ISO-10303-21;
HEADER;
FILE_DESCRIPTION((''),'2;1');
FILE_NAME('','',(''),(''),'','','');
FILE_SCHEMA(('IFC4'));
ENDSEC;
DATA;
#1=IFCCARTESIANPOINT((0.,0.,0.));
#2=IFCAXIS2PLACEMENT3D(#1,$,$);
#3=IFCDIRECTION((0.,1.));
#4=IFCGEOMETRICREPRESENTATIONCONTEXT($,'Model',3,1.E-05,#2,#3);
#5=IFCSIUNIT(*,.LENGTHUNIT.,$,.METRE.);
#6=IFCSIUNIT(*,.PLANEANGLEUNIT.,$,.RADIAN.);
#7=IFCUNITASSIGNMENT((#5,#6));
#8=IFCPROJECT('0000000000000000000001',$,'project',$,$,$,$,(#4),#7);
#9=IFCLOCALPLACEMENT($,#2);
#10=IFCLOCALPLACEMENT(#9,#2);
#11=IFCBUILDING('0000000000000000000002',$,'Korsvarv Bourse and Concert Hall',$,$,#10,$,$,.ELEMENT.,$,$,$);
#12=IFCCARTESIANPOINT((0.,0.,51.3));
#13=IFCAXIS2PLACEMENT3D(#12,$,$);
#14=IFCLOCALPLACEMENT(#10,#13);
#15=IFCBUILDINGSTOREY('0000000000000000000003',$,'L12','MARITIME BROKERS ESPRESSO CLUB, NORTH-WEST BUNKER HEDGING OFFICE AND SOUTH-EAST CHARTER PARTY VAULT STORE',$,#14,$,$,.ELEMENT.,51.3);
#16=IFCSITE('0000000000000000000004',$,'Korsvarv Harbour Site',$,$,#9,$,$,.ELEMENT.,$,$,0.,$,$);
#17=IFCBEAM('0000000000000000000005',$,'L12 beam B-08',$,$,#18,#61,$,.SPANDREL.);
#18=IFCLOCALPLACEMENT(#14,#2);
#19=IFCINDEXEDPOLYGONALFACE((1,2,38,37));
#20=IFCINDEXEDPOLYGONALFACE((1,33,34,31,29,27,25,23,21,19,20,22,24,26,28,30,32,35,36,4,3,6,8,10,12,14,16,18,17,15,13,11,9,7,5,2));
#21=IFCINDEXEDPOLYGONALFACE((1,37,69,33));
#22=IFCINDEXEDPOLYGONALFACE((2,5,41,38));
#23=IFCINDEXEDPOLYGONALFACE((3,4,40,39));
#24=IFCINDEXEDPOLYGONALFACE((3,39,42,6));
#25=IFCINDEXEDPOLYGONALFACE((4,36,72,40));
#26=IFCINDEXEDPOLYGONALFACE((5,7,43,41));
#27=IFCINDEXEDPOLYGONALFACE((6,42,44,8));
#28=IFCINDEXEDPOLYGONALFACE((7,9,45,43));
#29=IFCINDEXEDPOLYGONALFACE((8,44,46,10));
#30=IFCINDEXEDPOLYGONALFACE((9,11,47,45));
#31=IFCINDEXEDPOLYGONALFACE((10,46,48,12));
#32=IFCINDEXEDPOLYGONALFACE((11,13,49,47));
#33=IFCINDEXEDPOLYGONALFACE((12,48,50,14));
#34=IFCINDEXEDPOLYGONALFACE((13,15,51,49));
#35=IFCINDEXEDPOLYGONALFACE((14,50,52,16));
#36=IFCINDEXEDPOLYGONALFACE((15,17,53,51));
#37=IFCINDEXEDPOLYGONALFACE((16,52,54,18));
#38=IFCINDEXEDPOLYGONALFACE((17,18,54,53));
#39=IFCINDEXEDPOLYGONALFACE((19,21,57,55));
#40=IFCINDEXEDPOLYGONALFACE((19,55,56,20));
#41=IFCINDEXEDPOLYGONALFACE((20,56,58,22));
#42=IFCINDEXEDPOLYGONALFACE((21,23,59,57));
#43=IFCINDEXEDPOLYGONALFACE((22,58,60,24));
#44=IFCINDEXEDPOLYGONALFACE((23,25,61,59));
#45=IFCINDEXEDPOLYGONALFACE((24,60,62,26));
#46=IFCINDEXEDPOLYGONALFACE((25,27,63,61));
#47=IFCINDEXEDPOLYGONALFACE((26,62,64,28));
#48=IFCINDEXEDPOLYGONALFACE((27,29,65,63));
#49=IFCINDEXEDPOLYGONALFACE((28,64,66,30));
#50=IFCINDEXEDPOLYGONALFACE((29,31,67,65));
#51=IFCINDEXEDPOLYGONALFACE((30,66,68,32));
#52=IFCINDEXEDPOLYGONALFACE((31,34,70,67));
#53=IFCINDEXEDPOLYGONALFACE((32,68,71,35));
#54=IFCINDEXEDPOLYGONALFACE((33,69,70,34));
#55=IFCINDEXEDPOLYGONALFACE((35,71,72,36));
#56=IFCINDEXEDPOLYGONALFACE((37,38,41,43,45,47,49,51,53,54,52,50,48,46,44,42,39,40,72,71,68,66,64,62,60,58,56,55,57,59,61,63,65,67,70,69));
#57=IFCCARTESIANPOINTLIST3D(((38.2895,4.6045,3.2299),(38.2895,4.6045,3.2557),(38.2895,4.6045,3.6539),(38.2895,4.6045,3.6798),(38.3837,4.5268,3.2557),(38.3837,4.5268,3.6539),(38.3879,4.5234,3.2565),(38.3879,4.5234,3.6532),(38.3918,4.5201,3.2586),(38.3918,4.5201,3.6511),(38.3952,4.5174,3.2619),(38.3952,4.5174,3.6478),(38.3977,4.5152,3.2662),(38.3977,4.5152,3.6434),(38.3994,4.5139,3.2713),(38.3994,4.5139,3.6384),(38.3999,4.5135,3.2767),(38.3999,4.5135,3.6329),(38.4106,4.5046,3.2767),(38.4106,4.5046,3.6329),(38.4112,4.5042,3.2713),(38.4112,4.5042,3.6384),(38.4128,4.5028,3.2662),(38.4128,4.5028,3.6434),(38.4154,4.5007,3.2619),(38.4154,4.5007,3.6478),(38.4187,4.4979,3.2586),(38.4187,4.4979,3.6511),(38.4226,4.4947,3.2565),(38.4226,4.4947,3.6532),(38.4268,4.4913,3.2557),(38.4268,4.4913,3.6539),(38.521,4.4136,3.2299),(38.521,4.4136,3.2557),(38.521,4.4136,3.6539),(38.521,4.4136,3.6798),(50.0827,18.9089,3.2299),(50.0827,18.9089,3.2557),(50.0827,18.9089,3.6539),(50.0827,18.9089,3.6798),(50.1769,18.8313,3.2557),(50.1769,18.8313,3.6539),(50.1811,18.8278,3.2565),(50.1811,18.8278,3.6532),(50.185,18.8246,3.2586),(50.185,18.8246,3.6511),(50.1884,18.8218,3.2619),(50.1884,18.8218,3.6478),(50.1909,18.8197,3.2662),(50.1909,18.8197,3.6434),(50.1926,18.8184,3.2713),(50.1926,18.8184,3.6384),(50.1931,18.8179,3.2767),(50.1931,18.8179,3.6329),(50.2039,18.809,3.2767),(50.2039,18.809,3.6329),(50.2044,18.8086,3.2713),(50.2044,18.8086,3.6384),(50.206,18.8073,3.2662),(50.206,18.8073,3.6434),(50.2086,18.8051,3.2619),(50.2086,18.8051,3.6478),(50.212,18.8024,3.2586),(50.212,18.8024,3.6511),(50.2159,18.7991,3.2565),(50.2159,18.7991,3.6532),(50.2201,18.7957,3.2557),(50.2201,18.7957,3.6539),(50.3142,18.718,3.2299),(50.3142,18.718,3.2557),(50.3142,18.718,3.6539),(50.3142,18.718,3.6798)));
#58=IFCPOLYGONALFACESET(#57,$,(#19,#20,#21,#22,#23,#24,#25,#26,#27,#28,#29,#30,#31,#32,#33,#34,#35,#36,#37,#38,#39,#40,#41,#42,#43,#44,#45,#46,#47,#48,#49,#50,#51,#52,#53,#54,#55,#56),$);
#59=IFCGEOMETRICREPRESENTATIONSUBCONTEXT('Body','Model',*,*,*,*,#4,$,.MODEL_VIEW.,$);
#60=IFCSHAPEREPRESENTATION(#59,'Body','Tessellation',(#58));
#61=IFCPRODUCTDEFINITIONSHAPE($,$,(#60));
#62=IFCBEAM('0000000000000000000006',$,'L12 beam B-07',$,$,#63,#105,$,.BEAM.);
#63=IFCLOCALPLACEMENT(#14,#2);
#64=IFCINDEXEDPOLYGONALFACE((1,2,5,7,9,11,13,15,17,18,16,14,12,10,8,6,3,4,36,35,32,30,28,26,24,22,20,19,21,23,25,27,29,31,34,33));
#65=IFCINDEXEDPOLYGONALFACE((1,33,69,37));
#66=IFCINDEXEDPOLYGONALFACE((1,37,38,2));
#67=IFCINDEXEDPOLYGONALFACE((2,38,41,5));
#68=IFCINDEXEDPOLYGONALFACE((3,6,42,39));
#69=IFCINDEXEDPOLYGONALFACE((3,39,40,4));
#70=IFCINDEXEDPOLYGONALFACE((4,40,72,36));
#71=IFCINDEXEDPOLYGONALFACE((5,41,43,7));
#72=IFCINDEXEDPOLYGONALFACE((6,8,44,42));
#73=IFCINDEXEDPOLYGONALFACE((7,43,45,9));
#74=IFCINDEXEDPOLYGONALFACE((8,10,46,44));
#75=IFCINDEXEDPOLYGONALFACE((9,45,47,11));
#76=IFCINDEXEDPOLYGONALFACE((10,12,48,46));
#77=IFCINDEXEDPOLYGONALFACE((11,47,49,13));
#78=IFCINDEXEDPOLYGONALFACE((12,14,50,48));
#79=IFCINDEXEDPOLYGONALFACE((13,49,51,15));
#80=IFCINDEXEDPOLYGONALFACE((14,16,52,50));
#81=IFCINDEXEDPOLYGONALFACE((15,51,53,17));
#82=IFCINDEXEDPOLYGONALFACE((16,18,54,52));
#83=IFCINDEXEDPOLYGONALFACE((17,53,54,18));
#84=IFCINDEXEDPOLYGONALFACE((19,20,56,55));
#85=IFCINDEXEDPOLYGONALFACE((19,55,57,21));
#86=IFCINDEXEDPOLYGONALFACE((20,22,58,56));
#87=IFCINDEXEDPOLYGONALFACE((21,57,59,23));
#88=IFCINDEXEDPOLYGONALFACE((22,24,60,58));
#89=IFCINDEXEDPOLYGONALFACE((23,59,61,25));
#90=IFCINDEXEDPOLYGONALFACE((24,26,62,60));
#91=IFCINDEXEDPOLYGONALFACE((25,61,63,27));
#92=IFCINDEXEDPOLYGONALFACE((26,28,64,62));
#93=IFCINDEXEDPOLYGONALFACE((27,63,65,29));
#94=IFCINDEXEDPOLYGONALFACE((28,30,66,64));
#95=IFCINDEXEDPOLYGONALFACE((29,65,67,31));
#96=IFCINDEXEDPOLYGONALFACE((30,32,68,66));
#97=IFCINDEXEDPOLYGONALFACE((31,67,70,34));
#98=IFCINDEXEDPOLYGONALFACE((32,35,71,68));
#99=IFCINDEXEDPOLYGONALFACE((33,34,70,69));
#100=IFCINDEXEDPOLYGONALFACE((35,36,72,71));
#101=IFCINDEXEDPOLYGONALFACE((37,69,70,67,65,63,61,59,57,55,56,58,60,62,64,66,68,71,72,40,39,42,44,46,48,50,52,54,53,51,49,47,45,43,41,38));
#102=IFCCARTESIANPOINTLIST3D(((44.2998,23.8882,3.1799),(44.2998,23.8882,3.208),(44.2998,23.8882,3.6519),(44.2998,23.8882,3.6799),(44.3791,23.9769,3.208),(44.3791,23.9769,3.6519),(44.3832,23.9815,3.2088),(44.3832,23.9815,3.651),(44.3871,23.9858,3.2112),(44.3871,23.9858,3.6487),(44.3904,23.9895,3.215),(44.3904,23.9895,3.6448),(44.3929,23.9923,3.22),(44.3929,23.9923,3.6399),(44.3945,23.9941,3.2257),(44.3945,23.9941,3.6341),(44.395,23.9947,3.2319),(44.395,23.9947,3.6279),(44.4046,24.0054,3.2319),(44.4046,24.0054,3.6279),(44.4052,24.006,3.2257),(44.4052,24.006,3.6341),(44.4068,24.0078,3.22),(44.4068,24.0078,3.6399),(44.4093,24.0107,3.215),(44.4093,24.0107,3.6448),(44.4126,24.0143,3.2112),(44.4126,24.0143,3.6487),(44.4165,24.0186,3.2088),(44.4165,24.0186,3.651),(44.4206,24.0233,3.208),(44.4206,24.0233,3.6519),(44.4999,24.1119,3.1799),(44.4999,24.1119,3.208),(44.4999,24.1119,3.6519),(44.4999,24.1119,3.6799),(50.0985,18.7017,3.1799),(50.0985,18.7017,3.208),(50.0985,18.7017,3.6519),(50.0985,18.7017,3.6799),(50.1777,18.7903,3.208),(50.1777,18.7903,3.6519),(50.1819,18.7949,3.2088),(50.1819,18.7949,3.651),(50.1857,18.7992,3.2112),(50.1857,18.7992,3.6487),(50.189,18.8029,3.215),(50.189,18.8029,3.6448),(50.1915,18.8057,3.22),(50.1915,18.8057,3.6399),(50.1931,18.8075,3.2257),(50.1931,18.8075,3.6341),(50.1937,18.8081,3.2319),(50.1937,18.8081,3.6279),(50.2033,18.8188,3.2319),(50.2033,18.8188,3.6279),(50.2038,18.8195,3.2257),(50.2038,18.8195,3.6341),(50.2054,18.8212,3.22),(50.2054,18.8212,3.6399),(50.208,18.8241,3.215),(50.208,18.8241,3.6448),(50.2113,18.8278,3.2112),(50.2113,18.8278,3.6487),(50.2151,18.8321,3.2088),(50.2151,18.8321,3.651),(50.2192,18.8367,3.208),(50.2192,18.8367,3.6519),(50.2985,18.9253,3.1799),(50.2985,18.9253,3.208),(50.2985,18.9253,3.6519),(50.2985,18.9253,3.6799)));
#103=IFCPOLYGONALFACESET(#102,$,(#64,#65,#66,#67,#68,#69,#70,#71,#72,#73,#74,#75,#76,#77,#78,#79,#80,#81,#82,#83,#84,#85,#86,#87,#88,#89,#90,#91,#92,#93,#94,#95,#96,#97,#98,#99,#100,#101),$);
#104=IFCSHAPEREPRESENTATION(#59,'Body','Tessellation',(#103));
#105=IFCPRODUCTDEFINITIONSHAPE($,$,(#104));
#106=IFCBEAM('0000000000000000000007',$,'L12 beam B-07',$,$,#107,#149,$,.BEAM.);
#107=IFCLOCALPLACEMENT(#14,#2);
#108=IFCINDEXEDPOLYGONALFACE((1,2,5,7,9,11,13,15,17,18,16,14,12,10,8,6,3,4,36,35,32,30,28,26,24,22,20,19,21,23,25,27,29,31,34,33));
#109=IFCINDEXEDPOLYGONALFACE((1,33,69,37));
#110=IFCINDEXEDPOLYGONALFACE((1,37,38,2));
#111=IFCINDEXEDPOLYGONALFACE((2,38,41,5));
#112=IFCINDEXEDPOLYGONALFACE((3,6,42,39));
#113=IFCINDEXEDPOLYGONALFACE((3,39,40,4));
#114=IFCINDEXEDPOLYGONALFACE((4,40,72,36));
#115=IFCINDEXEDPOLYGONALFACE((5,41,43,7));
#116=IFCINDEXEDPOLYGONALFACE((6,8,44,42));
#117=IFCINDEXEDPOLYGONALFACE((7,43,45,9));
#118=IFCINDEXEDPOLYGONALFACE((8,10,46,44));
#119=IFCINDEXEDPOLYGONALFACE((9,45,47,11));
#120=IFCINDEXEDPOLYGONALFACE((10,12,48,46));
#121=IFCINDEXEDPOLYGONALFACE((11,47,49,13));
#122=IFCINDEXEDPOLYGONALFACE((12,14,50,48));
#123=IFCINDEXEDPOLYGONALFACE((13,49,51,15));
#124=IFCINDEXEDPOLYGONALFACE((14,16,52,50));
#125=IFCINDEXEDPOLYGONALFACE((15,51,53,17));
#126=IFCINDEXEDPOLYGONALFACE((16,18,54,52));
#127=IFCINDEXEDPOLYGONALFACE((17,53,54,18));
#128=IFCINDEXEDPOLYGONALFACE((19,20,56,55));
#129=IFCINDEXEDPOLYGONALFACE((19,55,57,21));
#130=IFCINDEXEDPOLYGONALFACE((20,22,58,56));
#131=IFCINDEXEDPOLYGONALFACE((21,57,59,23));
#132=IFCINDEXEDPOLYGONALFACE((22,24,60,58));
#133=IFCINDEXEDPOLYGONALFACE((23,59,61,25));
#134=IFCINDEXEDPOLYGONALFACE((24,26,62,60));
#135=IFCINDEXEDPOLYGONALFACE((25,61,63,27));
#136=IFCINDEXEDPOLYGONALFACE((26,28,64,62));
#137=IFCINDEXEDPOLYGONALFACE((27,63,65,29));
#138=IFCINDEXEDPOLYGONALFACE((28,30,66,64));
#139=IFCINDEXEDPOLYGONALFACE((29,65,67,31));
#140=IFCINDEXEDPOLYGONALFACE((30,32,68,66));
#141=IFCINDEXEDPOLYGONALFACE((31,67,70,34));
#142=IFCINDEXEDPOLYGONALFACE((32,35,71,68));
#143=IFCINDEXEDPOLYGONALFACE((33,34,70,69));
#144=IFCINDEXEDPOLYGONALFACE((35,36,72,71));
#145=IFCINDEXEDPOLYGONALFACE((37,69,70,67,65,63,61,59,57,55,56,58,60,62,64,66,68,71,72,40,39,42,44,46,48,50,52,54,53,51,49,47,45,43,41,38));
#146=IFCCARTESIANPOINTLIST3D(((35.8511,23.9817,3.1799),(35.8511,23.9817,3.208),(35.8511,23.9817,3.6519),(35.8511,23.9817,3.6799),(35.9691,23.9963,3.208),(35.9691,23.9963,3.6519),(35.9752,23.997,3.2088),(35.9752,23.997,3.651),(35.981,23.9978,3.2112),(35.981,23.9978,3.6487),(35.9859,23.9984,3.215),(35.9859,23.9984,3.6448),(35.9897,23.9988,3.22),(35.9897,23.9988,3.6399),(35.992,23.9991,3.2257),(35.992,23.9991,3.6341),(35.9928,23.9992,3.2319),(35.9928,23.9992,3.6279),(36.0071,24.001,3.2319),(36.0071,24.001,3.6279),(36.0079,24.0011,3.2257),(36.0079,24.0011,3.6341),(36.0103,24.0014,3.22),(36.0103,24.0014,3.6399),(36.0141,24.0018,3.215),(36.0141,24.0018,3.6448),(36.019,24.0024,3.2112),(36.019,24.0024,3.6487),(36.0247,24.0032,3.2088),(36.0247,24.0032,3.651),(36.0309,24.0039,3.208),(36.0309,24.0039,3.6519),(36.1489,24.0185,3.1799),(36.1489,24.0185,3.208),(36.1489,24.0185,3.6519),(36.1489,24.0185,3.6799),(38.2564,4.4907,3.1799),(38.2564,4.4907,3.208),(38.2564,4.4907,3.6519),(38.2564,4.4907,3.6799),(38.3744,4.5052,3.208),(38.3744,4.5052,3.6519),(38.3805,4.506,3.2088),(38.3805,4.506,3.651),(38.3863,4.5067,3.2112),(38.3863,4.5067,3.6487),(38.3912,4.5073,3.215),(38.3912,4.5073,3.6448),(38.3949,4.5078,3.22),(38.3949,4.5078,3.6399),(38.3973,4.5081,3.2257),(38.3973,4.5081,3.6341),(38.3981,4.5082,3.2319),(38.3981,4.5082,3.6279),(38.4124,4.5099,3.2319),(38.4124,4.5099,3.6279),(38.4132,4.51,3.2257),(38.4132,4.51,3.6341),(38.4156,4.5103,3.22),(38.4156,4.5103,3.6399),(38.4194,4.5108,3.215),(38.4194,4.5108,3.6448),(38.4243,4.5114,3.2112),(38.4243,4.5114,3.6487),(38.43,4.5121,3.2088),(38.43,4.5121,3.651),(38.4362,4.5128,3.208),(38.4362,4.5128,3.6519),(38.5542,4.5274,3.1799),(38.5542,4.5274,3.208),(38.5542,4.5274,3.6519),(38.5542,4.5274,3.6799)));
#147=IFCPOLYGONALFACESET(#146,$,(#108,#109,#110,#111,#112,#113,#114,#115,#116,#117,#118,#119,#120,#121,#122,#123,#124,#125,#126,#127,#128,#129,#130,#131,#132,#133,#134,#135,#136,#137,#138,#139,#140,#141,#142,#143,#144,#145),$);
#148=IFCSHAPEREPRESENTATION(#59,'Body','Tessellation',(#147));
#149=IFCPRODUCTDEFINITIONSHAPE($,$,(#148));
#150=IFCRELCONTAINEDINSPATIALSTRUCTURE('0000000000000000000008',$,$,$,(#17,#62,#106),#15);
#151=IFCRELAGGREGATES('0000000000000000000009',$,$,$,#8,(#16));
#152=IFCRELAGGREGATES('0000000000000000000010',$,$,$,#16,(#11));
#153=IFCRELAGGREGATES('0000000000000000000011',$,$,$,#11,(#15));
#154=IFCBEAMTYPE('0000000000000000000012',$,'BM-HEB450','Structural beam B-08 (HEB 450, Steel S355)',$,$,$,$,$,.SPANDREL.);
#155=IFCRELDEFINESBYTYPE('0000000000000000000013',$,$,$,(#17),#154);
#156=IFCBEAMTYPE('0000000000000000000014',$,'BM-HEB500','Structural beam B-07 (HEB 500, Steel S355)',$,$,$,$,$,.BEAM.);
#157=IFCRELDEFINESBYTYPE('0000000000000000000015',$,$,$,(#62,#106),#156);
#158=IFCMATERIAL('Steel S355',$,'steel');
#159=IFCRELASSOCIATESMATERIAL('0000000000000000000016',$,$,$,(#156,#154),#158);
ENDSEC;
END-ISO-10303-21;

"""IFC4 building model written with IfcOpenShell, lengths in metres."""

from ifc_helpers import new_model, si_unit, direction, frame, origin, origin_2d, place, context, subcontext, project, spatial, i_section, extrude, source, transform, mapped, material, material_profile, profile_set, type_object, element, save


model = new_model("IFC4")

# Units and contexts
model_context = context("Model", 3, precision=1e-05, world=origin(), true_north=direction((0.0, 1.0)))
body_context = subcontext(model_context, "Body", "Model", "MODEL_VIEW")
ifc_project = project(units=[si_unit("LENGTHUNIT", "METRE"), si_unit("PLANEANGLEUNIT", "RADIAN")], contexts=[model_context])

# Site, building, storey
site_placement = place(None, origin())
site = spatial("IfcSite", under=ifc_project, at=site_placement, Name="Korsvarv Harbour Site", CompositionType="ELEMENT", RefElevation=0.0)
building_placement = place(site_placement, origin())
building = spatial("IfcBuilding", under=site, at=building_placement, Name="Korsvarv Bourse and Concert Hall", CompositionType="ELEMENT")
storey_placement = place(building_placement, frame((0.0, 0.0, 51.3)))
storey = spatial("IfcBuildingStorey", under=building, at=storey_placement, Name="L12", Description="MARITIME BROKERS ESPRESSO CLUB, NORTH-WEST BUNKER HEDGING OFFICE AND SOUTH-EAST CHARTER PARTY VAULT STORE", CompositionType="ELEMENT", Elevation=51.3)

# Beams
ifc_material_1 = material(Name="Steel S355", Category="steel")
ifc_material_profile_1 = material_profile(ifc_material_1, i_section(OverallWidth=0.3, OverallDepth=0.5, WebThickness=0.0144, FlangeThickness=0.0281, FilletRadius=0.0239, at=origin_2d()), Name="HEB 500")
ifc_profile_set_1 = profile_set([ifc_material_profile_1], Name="Steel S355")
beam_type_1 = type_object("IfcBeamType", Name="BM-HEB500", Description="Structural beam B-07 (HEB 500, Steel S355)", PredefinedType="BEAM", material=ifc_profile_set_1)
ifc_material_profile_2 = material_profile(ifc_material_1, i_section(OverallWidth=0.3, OverallDepth=0.45, WebThickness=0.0139, FlangeThickness=0.0259, FilletRadius=0.021, at=origin_2d()), Name="HEB 450")
ifc_profile_set_2 = profile_set([ifc_material_profile_2], Name="Steel S355")
beam_type_2 = type_object("IfcBeamType", Name="BM-HEB450", Description="Structural beam B-08 (HEB 450, Steel S355)", PredefinedType="SPANDREL", material=ifc_profile_set_2)
shared_shape_1 = source(origin(), body_context, "Body", "SweptSolid", [
    extrude(i_section(OverallWidth=0.3, OverallDepth=0.45, WebThickness=0.0139, FlangeThickness=0.0259, FilletRadius=0.021, at=origin_2d()), origin(), (0.0, 0.0, 1.0), 18.5391),
])
beam_1_placement = place(storey_placement, frame((38.4053, 4.509, 3.4548), z_axis=(0.636128, 0.771584, 0.0), x_axis=(-0.771584, 0.636128, 0.0)))
element("IfcBeam", 1, at=beam_1_placement, inside=storey, type_object=beam_type_2, Name="L12 beam B-08", PredefinedType="SPANDREL", context=body_context, shape_type="MappedRepresentation", body=[
    mapped(shared_shape_1, transform((0.0, 0.0, 0.0), scale=1.0)),
])
shared_shape_2 = source(origin(), body_context, "Body", "SweptSolid", [
    extrude(i_section(OverallWidth=0.3, OverallDepth=0.5, WebThickness=0.0144, FlangeThickness=0.0281, FilletRadius=0.0239, at=origin_2d()), origin(), (0.0, 0.0, 1.0), 7.7798),
])
beam_2_placement = place(storey_placement, frame((50.1985, 18.8135, 3.4299), z_axis=(-0.745349, 0.666675, 0.0), x_axis=(-0.666675, -0.745349, 0.0)))
element("IfcBeam", 2, at=beam_2_placement, inside=storey, type_object=beam_type_1, Name="L12 beam B-07", PredefinedType="BEAM", context=body_context, shape_type="MappedRepresentation", body=[
    mapped(shared_shape_2, transform((0.0, 0.0, 0.0), scale=1.0)),
])
shared_shape_3 = source(origin(), body_context, "Body", "SweptSolid", [
    extrude(i_section(OverallWidth=0.3, OverallDepth=0.5, WebThickness=0.0144, FlangeThickness=0.0281, FilletRadius=0.0239, at=origin_2d()), origin(), (0.0, 0.0, 1.0), 19.6389),
])
beam_3_placement = place(storey_placement, frame((38.4053, 4.509, 3.4299), z_axis=(-0.122475, 0.992472, 0.0), x_axis=(-0.992472, -0.122475, 0.0)))
element("IfcBeam", 3, at=beam_3_placement, inside=storey, type_object=beam_type_1, Name="L12 beam B-07", PredefinedType="BEAM", context=body_context, shape_type="MappedRepresentation", body=[
    mapped(shared_shape_3, transform((0.0, 0.0, 0.0), scale=1.0)),
])

save(model, "model.ifc")
